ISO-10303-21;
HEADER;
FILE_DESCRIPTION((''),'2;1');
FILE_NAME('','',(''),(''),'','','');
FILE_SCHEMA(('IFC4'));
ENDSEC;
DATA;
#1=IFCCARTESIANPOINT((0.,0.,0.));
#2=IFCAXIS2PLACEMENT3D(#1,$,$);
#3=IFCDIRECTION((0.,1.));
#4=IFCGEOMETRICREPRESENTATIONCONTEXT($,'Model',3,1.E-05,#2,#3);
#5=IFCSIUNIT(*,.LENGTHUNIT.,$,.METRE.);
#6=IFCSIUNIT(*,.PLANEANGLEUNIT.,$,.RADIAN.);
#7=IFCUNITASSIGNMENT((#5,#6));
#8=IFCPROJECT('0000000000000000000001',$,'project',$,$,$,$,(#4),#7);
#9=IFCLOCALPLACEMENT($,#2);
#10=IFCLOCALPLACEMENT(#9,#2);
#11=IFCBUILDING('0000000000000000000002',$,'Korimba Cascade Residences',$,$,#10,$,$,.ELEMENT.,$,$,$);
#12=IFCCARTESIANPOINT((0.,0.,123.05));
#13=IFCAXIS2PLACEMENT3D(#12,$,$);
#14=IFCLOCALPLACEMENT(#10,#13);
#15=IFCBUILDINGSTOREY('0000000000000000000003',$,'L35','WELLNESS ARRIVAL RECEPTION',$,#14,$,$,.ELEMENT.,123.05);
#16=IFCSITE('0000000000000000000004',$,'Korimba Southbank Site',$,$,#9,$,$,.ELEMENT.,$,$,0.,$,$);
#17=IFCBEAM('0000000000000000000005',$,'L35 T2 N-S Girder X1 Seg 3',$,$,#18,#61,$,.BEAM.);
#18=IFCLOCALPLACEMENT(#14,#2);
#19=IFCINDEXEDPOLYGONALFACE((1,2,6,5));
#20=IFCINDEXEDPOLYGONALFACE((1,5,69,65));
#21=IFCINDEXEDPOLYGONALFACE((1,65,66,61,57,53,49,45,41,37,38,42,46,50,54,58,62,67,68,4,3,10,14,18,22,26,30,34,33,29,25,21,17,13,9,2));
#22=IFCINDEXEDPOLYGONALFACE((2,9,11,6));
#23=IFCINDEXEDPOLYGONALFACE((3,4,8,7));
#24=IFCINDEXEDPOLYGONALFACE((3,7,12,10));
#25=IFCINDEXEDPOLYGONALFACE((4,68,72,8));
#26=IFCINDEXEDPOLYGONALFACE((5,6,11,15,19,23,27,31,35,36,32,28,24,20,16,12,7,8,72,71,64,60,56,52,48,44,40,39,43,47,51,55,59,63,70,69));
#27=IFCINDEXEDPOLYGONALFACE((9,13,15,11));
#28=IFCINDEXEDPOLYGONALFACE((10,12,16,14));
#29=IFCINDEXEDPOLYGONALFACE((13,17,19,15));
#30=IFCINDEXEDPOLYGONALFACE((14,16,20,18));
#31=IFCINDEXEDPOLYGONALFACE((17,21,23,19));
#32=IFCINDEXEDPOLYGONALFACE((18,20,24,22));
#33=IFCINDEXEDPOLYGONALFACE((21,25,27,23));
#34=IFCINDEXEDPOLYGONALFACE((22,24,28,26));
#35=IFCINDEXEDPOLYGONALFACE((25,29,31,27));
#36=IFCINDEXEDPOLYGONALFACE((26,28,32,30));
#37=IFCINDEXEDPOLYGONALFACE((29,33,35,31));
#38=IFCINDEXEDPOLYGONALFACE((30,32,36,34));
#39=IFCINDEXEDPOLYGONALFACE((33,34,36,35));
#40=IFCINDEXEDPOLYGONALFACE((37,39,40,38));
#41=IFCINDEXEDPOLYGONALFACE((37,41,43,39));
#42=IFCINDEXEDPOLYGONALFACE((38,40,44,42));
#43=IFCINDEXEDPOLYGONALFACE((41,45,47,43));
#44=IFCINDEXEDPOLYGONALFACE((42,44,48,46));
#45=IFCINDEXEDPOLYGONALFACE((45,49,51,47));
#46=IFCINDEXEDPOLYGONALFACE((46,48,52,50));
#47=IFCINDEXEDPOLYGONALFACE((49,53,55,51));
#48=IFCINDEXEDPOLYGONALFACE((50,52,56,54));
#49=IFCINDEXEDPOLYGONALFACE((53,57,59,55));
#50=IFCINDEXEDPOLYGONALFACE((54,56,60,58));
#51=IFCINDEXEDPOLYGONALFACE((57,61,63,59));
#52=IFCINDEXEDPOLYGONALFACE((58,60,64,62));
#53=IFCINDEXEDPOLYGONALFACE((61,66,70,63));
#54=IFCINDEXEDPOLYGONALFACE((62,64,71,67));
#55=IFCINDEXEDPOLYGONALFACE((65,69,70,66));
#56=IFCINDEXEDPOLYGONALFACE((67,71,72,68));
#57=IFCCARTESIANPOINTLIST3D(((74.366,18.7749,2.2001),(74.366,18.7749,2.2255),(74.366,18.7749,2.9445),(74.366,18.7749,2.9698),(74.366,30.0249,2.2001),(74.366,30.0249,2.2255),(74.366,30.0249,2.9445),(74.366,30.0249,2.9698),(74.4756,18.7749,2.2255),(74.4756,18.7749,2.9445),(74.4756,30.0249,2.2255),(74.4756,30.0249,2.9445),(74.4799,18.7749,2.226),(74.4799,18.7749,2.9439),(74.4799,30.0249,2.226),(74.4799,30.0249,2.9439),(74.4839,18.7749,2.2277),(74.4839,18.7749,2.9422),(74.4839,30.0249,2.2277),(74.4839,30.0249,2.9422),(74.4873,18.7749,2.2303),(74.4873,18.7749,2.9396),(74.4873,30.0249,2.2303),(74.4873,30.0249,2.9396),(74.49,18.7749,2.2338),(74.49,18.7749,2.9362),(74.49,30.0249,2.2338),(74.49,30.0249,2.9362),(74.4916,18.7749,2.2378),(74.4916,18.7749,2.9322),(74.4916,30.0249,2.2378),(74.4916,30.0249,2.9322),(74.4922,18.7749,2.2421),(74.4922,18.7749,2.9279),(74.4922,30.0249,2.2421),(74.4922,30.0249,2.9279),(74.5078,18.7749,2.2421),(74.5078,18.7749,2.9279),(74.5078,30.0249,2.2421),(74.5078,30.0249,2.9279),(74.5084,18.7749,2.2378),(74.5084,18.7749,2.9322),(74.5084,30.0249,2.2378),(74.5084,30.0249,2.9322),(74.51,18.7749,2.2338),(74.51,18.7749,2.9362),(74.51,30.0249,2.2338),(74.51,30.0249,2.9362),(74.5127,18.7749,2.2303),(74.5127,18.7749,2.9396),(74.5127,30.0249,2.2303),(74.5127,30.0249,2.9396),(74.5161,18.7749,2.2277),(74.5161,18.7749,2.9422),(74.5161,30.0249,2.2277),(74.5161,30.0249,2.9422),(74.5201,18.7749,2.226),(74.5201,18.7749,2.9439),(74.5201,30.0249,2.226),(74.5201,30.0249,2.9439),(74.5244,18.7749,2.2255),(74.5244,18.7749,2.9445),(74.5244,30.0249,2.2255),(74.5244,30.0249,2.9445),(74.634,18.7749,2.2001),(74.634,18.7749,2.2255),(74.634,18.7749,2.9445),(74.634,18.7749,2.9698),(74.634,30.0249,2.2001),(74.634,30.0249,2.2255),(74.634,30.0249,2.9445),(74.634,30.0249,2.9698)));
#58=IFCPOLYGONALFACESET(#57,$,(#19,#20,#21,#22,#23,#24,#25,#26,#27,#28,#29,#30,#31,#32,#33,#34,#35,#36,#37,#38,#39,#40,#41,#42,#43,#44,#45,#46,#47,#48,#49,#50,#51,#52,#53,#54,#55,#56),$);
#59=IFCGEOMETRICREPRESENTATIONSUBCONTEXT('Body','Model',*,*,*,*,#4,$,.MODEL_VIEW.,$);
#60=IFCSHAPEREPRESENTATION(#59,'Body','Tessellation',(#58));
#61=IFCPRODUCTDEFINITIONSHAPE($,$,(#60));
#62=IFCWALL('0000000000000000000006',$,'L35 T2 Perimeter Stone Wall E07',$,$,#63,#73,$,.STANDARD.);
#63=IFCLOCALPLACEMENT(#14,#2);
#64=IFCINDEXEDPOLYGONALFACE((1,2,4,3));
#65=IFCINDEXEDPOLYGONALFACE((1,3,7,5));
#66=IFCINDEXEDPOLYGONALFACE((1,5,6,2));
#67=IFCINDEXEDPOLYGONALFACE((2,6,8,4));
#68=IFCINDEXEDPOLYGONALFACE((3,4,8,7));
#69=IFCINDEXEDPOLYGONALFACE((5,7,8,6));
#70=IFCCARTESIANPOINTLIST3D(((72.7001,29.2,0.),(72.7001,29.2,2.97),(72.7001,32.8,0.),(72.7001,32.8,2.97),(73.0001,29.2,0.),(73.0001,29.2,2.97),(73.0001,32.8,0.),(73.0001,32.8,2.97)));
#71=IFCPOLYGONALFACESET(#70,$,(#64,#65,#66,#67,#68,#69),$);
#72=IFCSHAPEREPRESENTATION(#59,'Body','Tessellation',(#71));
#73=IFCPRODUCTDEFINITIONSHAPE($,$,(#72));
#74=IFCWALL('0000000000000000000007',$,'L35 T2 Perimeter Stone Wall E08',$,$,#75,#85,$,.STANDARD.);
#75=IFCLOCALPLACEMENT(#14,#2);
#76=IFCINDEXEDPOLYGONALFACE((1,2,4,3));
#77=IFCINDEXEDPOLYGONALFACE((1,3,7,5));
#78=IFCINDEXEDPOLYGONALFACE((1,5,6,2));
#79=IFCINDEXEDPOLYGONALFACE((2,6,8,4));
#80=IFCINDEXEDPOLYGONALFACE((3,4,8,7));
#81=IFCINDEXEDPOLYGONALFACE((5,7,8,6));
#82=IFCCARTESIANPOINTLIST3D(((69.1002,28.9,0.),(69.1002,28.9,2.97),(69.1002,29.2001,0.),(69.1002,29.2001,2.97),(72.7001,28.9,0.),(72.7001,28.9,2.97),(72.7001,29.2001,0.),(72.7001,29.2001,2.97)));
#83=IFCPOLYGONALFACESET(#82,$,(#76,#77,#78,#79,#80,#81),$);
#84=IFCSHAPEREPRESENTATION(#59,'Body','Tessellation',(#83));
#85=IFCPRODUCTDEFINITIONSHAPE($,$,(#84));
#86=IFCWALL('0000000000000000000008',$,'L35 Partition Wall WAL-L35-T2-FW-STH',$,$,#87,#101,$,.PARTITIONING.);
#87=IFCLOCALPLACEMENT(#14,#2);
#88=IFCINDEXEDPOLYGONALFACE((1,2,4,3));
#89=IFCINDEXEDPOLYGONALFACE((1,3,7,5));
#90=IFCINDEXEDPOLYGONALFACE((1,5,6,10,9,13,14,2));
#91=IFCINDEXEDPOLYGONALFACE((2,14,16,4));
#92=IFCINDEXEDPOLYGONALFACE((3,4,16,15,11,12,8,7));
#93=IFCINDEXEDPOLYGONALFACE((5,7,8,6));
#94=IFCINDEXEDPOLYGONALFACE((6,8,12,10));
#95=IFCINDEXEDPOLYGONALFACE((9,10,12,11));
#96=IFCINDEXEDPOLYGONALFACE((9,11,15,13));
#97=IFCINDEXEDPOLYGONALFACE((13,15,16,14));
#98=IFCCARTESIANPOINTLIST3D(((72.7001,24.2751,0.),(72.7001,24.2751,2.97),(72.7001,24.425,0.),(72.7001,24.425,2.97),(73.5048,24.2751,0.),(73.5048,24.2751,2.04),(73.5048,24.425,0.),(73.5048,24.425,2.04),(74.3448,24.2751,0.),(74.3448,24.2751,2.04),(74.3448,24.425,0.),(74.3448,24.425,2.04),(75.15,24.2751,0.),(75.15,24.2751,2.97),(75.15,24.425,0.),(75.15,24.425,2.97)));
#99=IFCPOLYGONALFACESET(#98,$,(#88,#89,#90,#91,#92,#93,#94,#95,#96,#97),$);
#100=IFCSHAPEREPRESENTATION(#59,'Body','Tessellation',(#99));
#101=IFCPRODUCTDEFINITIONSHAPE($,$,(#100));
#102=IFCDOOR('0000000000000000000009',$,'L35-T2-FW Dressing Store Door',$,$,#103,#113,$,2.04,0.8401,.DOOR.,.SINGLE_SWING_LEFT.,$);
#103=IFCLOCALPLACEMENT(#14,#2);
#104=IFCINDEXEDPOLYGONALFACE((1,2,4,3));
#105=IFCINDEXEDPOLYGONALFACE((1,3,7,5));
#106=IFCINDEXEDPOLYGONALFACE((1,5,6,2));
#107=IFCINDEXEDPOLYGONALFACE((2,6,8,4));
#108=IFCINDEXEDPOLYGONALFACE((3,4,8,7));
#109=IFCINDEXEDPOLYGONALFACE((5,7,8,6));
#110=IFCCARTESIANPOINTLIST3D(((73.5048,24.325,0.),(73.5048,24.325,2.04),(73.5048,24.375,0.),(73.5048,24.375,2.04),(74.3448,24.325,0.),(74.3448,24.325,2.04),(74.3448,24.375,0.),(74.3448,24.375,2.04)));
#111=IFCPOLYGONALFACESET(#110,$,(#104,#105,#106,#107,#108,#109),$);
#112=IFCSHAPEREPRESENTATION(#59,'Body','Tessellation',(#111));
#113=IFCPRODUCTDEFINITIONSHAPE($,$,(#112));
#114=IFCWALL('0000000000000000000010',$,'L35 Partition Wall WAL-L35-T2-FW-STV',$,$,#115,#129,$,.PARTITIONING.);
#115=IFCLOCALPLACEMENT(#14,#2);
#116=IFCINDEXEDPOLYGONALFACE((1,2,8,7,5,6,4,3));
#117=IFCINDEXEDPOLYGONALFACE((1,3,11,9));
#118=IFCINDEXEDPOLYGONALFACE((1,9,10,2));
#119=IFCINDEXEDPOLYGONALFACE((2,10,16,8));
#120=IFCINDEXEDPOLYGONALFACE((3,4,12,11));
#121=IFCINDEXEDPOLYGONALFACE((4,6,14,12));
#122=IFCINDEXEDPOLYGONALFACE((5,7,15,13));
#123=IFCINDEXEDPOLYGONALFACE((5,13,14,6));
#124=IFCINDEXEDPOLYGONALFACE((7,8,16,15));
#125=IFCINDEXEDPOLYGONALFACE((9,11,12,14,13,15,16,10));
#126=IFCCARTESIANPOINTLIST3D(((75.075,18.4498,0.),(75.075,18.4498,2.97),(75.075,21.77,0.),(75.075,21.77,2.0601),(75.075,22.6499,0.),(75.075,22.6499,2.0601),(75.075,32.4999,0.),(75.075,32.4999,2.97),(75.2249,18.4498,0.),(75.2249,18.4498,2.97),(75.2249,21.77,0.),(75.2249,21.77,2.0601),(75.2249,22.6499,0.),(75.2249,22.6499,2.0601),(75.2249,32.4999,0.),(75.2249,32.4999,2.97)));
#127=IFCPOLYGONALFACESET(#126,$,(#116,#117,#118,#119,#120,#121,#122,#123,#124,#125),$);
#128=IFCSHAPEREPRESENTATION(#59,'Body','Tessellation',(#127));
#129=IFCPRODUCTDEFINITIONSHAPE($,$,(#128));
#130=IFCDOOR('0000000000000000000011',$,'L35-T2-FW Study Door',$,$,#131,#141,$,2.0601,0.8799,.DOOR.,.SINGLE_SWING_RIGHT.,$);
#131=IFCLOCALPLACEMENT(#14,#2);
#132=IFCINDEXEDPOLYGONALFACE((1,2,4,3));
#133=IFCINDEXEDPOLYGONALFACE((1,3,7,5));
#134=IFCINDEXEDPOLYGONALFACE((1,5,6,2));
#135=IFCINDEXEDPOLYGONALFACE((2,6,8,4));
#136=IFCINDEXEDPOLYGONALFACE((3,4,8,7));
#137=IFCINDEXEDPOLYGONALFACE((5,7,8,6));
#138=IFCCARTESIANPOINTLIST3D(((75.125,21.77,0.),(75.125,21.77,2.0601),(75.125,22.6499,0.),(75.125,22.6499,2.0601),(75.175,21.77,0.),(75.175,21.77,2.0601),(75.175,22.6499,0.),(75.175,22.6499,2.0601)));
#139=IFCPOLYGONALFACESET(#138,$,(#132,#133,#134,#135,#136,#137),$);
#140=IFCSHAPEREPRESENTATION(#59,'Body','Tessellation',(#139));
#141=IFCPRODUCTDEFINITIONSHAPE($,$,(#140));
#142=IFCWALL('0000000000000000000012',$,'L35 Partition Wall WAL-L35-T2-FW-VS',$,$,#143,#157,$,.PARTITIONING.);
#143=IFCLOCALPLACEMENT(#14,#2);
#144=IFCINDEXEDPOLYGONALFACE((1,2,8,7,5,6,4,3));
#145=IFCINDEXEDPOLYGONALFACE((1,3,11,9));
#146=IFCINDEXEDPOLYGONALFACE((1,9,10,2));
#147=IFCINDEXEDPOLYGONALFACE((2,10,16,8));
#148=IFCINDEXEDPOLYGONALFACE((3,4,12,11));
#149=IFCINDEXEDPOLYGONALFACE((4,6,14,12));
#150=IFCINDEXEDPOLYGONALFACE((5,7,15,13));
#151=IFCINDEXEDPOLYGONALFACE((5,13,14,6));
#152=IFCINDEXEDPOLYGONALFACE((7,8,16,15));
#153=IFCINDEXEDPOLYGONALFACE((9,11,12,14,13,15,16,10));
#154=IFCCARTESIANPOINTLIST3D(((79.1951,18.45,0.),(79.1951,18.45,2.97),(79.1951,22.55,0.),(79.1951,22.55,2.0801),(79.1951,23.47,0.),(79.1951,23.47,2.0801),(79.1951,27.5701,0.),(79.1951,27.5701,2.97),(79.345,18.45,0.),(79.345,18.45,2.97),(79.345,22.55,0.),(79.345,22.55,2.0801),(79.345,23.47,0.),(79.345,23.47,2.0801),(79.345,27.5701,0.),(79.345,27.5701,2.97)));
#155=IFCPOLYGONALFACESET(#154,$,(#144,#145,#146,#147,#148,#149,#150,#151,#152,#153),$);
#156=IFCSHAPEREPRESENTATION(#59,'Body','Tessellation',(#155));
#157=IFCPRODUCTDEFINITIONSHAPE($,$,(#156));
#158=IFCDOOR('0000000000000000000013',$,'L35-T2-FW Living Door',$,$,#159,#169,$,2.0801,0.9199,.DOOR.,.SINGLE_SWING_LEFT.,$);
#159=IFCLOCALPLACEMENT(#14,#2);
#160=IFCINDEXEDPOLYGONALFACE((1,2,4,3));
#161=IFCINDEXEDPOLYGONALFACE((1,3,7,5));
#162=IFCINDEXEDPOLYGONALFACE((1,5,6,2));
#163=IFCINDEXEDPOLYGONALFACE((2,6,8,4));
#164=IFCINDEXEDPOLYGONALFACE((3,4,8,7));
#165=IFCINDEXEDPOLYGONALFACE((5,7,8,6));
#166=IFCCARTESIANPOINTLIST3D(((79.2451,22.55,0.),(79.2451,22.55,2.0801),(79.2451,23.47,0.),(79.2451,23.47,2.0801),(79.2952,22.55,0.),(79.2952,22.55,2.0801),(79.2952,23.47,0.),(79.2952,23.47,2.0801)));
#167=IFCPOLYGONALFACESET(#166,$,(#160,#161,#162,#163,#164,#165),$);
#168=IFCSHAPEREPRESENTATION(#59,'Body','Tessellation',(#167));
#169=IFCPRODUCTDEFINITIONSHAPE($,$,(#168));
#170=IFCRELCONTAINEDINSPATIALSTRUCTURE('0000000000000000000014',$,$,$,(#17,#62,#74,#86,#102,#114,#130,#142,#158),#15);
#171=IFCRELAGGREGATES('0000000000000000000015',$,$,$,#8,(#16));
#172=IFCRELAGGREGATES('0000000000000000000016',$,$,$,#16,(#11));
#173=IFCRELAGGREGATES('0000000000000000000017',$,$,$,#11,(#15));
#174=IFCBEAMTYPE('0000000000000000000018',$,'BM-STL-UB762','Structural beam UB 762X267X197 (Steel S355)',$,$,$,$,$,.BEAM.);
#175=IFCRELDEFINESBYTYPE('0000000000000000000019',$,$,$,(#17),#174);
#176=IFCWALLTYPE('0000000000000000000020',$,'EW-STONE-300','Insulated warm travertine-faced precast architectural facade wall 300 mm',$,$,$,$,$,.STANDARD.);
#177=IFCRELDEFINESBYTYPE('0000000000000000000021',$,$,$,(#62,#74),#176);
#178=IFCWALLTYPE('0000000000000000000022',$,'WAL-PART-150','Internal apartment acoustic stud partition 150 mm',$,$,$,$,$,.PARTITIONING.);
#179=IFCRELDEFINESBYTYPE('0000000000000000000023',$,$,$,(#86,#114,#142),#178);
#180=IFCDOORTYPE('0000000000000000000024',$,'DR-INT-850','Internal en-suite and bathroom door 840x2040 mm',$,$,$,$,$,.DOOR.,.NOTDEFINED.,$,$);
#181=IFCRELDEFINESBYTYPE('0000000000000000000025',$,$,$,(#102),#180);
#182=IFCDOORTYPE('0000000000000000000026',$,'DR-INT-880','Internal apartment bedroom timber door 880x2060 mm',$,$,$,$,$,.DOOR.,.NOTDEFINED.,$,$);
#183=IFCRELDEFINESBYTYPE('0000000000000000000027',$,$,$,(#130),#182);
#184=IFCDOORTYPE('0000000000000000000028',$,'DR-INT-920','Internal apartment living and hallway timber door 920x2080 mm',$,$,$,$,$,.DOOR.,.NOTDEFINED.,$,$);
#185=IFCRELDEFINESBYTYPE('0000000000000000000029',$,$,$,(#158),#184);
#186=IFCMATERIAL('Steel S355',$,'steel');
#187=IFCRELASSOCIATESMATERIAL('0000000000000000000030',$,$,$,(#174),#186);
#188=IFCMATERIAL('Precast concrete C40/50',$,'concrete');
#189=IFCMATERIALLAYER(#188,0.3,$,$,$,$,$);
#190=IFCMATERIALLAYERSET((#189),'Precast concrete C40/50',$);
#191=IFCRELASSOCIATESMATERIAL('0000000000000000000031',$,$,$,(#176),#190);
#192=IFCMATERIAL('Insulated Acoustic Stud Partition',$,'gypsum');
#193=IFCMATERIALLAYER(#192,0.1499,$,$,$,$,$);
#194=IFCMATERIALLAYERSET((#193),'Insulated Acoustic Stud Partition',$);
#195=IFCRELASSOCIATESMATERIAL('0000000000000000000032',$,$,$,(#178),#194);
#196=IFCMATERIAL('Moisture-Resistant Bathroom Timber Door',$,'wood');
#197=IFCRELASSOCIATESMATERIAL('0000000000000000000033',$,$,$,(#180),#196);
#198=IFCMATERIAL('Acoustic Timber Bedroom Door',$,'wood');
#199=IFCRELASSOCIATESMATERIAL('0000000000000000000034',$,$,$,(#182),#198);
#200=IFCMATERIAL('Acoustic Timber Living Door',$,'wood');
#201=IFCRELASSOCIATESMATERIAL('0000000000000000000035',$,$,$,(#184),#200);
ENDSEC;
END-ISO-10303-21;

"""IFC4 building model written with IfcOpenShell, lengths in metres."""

from ifc_helpers import new_model, si_unit, direction, frame, frame_2d, origin, origin_2d, place, context, subcontext, project, spatial, rectangle, i_section, extrude, material, layer, layer_set, material_profile, profile_set, type_object, element, fill, save


model = new_model("IFC4")

# Units and contexts
model_context = context("Model", 3, precision=1e-05, world=origin(), true_north=direction((0.0, 1.0)))
body_context = subcontext(model_context, "Body", "Model", "MODEL_VIEW")
ifc_project = project(units=[si_unit("LENGTHUNIT", "METRE"), si_unit("PLANEANGLEUNIT", "RADIAN")], contexts=[model_context])

# Site, building, storey
site_placement = place(None, origin())
site = spatial("IfcSite", under=ifc_project, at=site_placement, Name="Korimba Southbank Site", CompositionType="ELEMENT", RefElevation=0.0)
building_placement = place(site_placement, origin())
building = spatial("IfcBuilding", under=site, at=building_placement, Name="Korimba Cascade Residences", CompositionType="ELEMENT")
storey_placement = place(building_placement, frame((0.0, 0.0, 123.05)))
storey = spatial("IfcBuildingStorey", under=building, at=storey_placement, Name="L35", Description="WELLNESS ARRIVAL RECEPTION", CompositionType="ELEMENT", Elevation=123.05)

# Beam
ifc_material_1 = material(Name="Steel S355", Category="steel")
ifc_material_profile_1 = material_profile(ifc_material_1, i_section(OverallWidth=0.2681, OverallDepth=0.7698, WebThickness=0.0156, FlangeThickness=0.0254, FilletRadius=0.0166, at=origin_2d()), Name="Steel S355")
ifc_profile_set_1 = profile_set([ifc_material_profile_1], Name="Steel S355")
beam_type_1 = type_object("IfcBeamType", Name="BM-STL-UB762", Description="Structural beam UB 762X267X197 (Steel S355)", PredefinedType="BEAM", material=ifc_profile_set_1)
beam_1_placement = place(storey_placement, frame((74.5, 18.7749, 2.585), z_axis=(0.0, 1.0, 0.0), x_axis=(-1.0, 0.0, 0.0)))
element("IfcBeam", 1, at=beam_1_placement, inside=storey, type_object=beam_type_1, Name="L35 T2 N-S Girder X1 Seg 3", PredefinedType="BEAM", context=body_context, shape_type="SweptSolid", body=[
    extrude(i_section(OverallWidth=0.2681, OverallDepth=0.7698, WebThickness=0.0156, FlangeThickness=0.0254, FilletRadius=0.0166, at=origin_2d()), origin(), (0.0, 0.0, 1.0), 11.25),
])

# Walls
ifc_material_2 = material(Name="Precast concrete C40/50", Category="concrete")
ifc_layer_1 = layer(ifc_material_2, 0.3)
ifc_layer_set_1 = layer_set([ifc_layer_1], Name="Precast concrete C40/50")
wall_type_1 = type_object("IfcWallType", Name="EW-STONE-300", Description="Insulated warm travertine-faced precast architectural facade wall 300 mm", PredefinedType="STANDARD", material=ifc_layer_set_1)
wall_1_placement = place(storey_placement, frame((72.8501, 32.8, 0.0), z_axis=(0.0, 0.0, 1.0), x_axis=(0.0, -1.0, 0.0)))
element("IfcWall", 2, at=wall_1_placement, inside=storey, type_object=wall_type_1, Name="L35 T2 Perimeter Stone Wall E07", PredefinedType="STANDARD", context=body_context, shape_type="SweptSolid", body=[
    extrude(rectangle(XDim=3.6001, YDim=0.3, at=frame_2d((1.8, 0.0))), origin(), (0.0, 0.0, 1.0), 2.97),
])
wall_2_placement = place(storey_placement, frame((72.7, 29.05, 0.0), z_axis=(0.0, 0.0, 1.0), x_axis=(-1.0, 0.0, 0.0)))
element("IfcWall", 3, at=wall_2_placement, inside=storey, type_object=wall_type_1, Name="L35 T2 Perimeter Stone Wall E08", PredefinedType="STANDARD", context=body_context, shape_type="SweptSolid", body=[
    extrude(rectangle(XDim=3.5999, YDim=0.3, at=frame_2d((1.7998, 0.0))), origin(), (0.0, 0.0, 1.0), 2.97),
])

# Walls, openings, doors
ifc_material_3 = material(Name="Insulated Acoustic Stud Partition", Category="gypsum")
ifc_layer_2 = layer(ifc_material_3, 0.1499)
ifc_layer_set_2 = layer_set([ifc_layer_2], Name="Insulated Acoustic Stud Partition")
wall_type_2 = type_object("IfcWallType", Name="WAL-PART-150", Description="Internal apartment acoustic stud partition 150 mm", PredefinedType="PARTITIONING", material=ifc_layer_set_2)
wall_3_placement = place(storey_placement, frame((72.7, 24.3501, 0.0), z_axis=(0.0, 0.0, 1.0), x_axis=(1.0, 0.0, 0.0)))
wall_3 = element("IfcWall", 4, at=wall_3_placement, inside=storey, type_object=wall_type_2, Name="L35 Partition Wall WAL-L35-T2-FW-STH", PredefinedType="PARTITIONING", context=body_context, shape_type="SweptSolid", body=[
    extrude(rectangle(XDim=2.45, YDim=0.1499, at=frame_2d((1.2251, 0.0))), origin(), (0.0, 0.0, 1.0), 2.97),
])
opening_1_placement = place(wall_3_placement, frame((0.8049, 0.0, 0.0)))
opening_1 = element("IfcOpeningElement", 5, at=opening_1_placement, cuts=wall_3, PredefinedType="OPENING", context=body_context, shape_type="SweptSolid", body=[
    extrude(rectangle(XDim=0.8401, YDim=2.04, at=frame_2d((0.4199, 1.02))), frame((0.0, 0.085, 0.0), z_axis=(0.0, -1.0, 0.0), x_axis=(1.0, 0.0, 0.0)), (0.0, 0.0, 1.0), 0.1699),
])
ifc_material_4 = material(Name="Moisture-Resistant Bathroom Timber Door", Category="wood")
door_type_1 = type_object("IfcDoorType", Name="DR-INT-850", Description="Internal en-suite and bathroom door 840x2040 mm", OperationType="NOTDEFINED", PredefinedType="DOOR", material=ifc_material_4)
door_1_placement = place(opening_1_placement, origin())
door_1 = element("IfcDoor", 6, at=door_1_placement, inside=storey, type_object=door_type_1, Name="L35-T2-FW Dressing Store Door", OperationType="SINGLE_SWING_LEFT", OverallHeight=2.04, OverallWidth=0.8401, PredefinedType="DOOR", context=body_context, shape_type="SweptSolid", body=[
    extrude(rectangle(XDim=0.8401, YDim=2.04, at=frame_2d((0.4199, 1.02))), frame((0.0, 0.0249, 0.0), z_axis=(0.0, -1.0, 0.0), x_axis=(1.0, 0.0, 0.0)), (0.0, 0.0, 1.0), 0.05),
])
fill(opening_1, door_1)
wall_4_placement = place(storey_placement, frame((75.1499, 18.45, 0.0), z_axis=(0.0, 0.0, 1.0), x_axis=(0.0, 1.0, 0.0)))
wall_4 = element("IfcWall", 7, at=wall_4_placement, inside=storey, type_object=wall_type_2, Name="L35 Partition Wall WAL-L35-T2-FW-STV", PredefinedType="PARTITIONING", context=body_context, shape_type="SweptSolid", body=[
    extrude(rectangle(XDim=14.05, YDim=0.1499, at=frame_2d((7.0249, 0.0))), origin(), (0.0, 0.0, 1.0), 2.97),
])
opening_2_placement = place(wall_4_placement, frame((3.3201, 0.0, 0.0)))
opening_2 = element("IfcOpeningElement", 8, at=opening_2_placement, cuts=wall_4, PredefinedType="OPENING", context=body_context, shape_type="SweptSolid", body=[
    extrude(rectangle(XDim=0.8799, YDim=2.0601, at=frame_2d((0.4399, 1.03))), frame((0.0, 0.085, 0.0), z_axis=(0.0, -1.0, 0.0), x_axis=(1.0, 0.0, 0.0)), (0.0, 0.0, 1.0), 0.1699),
])
ifc_material_5 = material(Name="Acoustic Timber Bedroom Door", Category="wood")
door_type_2 = type_object("IfcDoorType", Name="DR-INT-880", Description="Internal apartment bedroom timber door 880x2060 mm", OperationType="NOTDEFINED", PredefinedType="DOOR", material=ifc_material_5)
door_2_placement = place(opening_2_placement, origin())
door_2 = element("IfcDoor", 9, at=door_2_placement, inside=storey, type_object=door_type_2, Name="L35-T2-FW Study Door", OperationType="SINGLE_SWING_RIGHT", OverallHeight=2.0601, OverallWidth=0.8799, PredefinedType="DOOR", context=body_context, shape_type="SweptSolid", body=[
    extrude(rectangle(XDim=0.8799, YDim=2.0601, at=frame_2d((0.4399, 1.03))), frame((0.0, 0.0249, 0.0), z_axis=(0.0, -1.0, 0.0), x_axis=(1.0, 0.0, 0.0)), (0.0, 0.0, 1.0), 0.05),
])
fill(opening_2, door_2)
wall_5_placement = place(storey_placement, frame((79.27, 18.45, 0.0), z_axis=(0.0, 0.0, 1.0), x_axis=(0.0, 1.0, 0.0)))
wall_5 = element("IfcWall", 10, at=wall_5_placement, inside=storey, type_object=wall_type_2, Name="L35 Partition Wall WAL-L35-T2-FW-VS", PredefinedType="PARTITIONING", context=body_context, shape_type="SweptSolid", body=[
    extrude(rectangle(XDim=9.1201, YDim=0.1499, at=frame_2d((4.5601, 0.0))), origin(), (0.0, 0.0, 1.0), 2.97),
])
opening_3_placement = place(wall_5_placement, frame((4.1001, 0.0, 0.0)))
opening_3 = element("IfcOpeningElement", 11, at=opening_3_placement, cuts=wall_5, PredefinedType="OPENING", context=body_context, shape_type="SweptSolid", body=[
    extrude(rectangle(XDim=0.9199, YDim=2.0801, at=frame_2d((0.46, 1.04))), frame((0.0, 0.085, 0.0), z_axis=(0.0, -1.0, 0.0), x_axis=(1.0, 0.0, 0.0)), (0.0, 0.0, 1.0), 0.1699),
])
ifc_material_6 = material(Name="Acoustic Timber Living Door", Category="wood")
door_type_3 = type_object("IfcDoorType", Name="DR-INT-920", Description="Internal apartment living and hallway timber door 920x2080 mm", OperationType="NOTDEFINED", PredefinedType="DOOR", material=ifc_material_6)
door_3_placement = place(opening_3_placement, origin())
door_3 = element("IfcDoor", 12, at=door_3_placement, inside=storey, type_object=door_type_3, Name="L35-T2-FW Living Door", OperationType="SINGLE_SWING_LEFT", OverallHeight=2.0801, OverallWidth=0.9199, PredefinedType="DOOR", context=body_context, shape_type="SweptSolid", body=[
    extrude(rectangle(XDim=0.9199, YDim=2.0801, at=frame_2d((0.46, 1.04))), frame((0.0, 0.0249, 0.0), z_axis=(0.0, -1.0, 0.0), x_axis=(1.0, 0.0, 0.0)), (0.0, 0.0, 1.0), 0.05),
])
fill(opening_3, door_3)

save(model, "model.ifc")
